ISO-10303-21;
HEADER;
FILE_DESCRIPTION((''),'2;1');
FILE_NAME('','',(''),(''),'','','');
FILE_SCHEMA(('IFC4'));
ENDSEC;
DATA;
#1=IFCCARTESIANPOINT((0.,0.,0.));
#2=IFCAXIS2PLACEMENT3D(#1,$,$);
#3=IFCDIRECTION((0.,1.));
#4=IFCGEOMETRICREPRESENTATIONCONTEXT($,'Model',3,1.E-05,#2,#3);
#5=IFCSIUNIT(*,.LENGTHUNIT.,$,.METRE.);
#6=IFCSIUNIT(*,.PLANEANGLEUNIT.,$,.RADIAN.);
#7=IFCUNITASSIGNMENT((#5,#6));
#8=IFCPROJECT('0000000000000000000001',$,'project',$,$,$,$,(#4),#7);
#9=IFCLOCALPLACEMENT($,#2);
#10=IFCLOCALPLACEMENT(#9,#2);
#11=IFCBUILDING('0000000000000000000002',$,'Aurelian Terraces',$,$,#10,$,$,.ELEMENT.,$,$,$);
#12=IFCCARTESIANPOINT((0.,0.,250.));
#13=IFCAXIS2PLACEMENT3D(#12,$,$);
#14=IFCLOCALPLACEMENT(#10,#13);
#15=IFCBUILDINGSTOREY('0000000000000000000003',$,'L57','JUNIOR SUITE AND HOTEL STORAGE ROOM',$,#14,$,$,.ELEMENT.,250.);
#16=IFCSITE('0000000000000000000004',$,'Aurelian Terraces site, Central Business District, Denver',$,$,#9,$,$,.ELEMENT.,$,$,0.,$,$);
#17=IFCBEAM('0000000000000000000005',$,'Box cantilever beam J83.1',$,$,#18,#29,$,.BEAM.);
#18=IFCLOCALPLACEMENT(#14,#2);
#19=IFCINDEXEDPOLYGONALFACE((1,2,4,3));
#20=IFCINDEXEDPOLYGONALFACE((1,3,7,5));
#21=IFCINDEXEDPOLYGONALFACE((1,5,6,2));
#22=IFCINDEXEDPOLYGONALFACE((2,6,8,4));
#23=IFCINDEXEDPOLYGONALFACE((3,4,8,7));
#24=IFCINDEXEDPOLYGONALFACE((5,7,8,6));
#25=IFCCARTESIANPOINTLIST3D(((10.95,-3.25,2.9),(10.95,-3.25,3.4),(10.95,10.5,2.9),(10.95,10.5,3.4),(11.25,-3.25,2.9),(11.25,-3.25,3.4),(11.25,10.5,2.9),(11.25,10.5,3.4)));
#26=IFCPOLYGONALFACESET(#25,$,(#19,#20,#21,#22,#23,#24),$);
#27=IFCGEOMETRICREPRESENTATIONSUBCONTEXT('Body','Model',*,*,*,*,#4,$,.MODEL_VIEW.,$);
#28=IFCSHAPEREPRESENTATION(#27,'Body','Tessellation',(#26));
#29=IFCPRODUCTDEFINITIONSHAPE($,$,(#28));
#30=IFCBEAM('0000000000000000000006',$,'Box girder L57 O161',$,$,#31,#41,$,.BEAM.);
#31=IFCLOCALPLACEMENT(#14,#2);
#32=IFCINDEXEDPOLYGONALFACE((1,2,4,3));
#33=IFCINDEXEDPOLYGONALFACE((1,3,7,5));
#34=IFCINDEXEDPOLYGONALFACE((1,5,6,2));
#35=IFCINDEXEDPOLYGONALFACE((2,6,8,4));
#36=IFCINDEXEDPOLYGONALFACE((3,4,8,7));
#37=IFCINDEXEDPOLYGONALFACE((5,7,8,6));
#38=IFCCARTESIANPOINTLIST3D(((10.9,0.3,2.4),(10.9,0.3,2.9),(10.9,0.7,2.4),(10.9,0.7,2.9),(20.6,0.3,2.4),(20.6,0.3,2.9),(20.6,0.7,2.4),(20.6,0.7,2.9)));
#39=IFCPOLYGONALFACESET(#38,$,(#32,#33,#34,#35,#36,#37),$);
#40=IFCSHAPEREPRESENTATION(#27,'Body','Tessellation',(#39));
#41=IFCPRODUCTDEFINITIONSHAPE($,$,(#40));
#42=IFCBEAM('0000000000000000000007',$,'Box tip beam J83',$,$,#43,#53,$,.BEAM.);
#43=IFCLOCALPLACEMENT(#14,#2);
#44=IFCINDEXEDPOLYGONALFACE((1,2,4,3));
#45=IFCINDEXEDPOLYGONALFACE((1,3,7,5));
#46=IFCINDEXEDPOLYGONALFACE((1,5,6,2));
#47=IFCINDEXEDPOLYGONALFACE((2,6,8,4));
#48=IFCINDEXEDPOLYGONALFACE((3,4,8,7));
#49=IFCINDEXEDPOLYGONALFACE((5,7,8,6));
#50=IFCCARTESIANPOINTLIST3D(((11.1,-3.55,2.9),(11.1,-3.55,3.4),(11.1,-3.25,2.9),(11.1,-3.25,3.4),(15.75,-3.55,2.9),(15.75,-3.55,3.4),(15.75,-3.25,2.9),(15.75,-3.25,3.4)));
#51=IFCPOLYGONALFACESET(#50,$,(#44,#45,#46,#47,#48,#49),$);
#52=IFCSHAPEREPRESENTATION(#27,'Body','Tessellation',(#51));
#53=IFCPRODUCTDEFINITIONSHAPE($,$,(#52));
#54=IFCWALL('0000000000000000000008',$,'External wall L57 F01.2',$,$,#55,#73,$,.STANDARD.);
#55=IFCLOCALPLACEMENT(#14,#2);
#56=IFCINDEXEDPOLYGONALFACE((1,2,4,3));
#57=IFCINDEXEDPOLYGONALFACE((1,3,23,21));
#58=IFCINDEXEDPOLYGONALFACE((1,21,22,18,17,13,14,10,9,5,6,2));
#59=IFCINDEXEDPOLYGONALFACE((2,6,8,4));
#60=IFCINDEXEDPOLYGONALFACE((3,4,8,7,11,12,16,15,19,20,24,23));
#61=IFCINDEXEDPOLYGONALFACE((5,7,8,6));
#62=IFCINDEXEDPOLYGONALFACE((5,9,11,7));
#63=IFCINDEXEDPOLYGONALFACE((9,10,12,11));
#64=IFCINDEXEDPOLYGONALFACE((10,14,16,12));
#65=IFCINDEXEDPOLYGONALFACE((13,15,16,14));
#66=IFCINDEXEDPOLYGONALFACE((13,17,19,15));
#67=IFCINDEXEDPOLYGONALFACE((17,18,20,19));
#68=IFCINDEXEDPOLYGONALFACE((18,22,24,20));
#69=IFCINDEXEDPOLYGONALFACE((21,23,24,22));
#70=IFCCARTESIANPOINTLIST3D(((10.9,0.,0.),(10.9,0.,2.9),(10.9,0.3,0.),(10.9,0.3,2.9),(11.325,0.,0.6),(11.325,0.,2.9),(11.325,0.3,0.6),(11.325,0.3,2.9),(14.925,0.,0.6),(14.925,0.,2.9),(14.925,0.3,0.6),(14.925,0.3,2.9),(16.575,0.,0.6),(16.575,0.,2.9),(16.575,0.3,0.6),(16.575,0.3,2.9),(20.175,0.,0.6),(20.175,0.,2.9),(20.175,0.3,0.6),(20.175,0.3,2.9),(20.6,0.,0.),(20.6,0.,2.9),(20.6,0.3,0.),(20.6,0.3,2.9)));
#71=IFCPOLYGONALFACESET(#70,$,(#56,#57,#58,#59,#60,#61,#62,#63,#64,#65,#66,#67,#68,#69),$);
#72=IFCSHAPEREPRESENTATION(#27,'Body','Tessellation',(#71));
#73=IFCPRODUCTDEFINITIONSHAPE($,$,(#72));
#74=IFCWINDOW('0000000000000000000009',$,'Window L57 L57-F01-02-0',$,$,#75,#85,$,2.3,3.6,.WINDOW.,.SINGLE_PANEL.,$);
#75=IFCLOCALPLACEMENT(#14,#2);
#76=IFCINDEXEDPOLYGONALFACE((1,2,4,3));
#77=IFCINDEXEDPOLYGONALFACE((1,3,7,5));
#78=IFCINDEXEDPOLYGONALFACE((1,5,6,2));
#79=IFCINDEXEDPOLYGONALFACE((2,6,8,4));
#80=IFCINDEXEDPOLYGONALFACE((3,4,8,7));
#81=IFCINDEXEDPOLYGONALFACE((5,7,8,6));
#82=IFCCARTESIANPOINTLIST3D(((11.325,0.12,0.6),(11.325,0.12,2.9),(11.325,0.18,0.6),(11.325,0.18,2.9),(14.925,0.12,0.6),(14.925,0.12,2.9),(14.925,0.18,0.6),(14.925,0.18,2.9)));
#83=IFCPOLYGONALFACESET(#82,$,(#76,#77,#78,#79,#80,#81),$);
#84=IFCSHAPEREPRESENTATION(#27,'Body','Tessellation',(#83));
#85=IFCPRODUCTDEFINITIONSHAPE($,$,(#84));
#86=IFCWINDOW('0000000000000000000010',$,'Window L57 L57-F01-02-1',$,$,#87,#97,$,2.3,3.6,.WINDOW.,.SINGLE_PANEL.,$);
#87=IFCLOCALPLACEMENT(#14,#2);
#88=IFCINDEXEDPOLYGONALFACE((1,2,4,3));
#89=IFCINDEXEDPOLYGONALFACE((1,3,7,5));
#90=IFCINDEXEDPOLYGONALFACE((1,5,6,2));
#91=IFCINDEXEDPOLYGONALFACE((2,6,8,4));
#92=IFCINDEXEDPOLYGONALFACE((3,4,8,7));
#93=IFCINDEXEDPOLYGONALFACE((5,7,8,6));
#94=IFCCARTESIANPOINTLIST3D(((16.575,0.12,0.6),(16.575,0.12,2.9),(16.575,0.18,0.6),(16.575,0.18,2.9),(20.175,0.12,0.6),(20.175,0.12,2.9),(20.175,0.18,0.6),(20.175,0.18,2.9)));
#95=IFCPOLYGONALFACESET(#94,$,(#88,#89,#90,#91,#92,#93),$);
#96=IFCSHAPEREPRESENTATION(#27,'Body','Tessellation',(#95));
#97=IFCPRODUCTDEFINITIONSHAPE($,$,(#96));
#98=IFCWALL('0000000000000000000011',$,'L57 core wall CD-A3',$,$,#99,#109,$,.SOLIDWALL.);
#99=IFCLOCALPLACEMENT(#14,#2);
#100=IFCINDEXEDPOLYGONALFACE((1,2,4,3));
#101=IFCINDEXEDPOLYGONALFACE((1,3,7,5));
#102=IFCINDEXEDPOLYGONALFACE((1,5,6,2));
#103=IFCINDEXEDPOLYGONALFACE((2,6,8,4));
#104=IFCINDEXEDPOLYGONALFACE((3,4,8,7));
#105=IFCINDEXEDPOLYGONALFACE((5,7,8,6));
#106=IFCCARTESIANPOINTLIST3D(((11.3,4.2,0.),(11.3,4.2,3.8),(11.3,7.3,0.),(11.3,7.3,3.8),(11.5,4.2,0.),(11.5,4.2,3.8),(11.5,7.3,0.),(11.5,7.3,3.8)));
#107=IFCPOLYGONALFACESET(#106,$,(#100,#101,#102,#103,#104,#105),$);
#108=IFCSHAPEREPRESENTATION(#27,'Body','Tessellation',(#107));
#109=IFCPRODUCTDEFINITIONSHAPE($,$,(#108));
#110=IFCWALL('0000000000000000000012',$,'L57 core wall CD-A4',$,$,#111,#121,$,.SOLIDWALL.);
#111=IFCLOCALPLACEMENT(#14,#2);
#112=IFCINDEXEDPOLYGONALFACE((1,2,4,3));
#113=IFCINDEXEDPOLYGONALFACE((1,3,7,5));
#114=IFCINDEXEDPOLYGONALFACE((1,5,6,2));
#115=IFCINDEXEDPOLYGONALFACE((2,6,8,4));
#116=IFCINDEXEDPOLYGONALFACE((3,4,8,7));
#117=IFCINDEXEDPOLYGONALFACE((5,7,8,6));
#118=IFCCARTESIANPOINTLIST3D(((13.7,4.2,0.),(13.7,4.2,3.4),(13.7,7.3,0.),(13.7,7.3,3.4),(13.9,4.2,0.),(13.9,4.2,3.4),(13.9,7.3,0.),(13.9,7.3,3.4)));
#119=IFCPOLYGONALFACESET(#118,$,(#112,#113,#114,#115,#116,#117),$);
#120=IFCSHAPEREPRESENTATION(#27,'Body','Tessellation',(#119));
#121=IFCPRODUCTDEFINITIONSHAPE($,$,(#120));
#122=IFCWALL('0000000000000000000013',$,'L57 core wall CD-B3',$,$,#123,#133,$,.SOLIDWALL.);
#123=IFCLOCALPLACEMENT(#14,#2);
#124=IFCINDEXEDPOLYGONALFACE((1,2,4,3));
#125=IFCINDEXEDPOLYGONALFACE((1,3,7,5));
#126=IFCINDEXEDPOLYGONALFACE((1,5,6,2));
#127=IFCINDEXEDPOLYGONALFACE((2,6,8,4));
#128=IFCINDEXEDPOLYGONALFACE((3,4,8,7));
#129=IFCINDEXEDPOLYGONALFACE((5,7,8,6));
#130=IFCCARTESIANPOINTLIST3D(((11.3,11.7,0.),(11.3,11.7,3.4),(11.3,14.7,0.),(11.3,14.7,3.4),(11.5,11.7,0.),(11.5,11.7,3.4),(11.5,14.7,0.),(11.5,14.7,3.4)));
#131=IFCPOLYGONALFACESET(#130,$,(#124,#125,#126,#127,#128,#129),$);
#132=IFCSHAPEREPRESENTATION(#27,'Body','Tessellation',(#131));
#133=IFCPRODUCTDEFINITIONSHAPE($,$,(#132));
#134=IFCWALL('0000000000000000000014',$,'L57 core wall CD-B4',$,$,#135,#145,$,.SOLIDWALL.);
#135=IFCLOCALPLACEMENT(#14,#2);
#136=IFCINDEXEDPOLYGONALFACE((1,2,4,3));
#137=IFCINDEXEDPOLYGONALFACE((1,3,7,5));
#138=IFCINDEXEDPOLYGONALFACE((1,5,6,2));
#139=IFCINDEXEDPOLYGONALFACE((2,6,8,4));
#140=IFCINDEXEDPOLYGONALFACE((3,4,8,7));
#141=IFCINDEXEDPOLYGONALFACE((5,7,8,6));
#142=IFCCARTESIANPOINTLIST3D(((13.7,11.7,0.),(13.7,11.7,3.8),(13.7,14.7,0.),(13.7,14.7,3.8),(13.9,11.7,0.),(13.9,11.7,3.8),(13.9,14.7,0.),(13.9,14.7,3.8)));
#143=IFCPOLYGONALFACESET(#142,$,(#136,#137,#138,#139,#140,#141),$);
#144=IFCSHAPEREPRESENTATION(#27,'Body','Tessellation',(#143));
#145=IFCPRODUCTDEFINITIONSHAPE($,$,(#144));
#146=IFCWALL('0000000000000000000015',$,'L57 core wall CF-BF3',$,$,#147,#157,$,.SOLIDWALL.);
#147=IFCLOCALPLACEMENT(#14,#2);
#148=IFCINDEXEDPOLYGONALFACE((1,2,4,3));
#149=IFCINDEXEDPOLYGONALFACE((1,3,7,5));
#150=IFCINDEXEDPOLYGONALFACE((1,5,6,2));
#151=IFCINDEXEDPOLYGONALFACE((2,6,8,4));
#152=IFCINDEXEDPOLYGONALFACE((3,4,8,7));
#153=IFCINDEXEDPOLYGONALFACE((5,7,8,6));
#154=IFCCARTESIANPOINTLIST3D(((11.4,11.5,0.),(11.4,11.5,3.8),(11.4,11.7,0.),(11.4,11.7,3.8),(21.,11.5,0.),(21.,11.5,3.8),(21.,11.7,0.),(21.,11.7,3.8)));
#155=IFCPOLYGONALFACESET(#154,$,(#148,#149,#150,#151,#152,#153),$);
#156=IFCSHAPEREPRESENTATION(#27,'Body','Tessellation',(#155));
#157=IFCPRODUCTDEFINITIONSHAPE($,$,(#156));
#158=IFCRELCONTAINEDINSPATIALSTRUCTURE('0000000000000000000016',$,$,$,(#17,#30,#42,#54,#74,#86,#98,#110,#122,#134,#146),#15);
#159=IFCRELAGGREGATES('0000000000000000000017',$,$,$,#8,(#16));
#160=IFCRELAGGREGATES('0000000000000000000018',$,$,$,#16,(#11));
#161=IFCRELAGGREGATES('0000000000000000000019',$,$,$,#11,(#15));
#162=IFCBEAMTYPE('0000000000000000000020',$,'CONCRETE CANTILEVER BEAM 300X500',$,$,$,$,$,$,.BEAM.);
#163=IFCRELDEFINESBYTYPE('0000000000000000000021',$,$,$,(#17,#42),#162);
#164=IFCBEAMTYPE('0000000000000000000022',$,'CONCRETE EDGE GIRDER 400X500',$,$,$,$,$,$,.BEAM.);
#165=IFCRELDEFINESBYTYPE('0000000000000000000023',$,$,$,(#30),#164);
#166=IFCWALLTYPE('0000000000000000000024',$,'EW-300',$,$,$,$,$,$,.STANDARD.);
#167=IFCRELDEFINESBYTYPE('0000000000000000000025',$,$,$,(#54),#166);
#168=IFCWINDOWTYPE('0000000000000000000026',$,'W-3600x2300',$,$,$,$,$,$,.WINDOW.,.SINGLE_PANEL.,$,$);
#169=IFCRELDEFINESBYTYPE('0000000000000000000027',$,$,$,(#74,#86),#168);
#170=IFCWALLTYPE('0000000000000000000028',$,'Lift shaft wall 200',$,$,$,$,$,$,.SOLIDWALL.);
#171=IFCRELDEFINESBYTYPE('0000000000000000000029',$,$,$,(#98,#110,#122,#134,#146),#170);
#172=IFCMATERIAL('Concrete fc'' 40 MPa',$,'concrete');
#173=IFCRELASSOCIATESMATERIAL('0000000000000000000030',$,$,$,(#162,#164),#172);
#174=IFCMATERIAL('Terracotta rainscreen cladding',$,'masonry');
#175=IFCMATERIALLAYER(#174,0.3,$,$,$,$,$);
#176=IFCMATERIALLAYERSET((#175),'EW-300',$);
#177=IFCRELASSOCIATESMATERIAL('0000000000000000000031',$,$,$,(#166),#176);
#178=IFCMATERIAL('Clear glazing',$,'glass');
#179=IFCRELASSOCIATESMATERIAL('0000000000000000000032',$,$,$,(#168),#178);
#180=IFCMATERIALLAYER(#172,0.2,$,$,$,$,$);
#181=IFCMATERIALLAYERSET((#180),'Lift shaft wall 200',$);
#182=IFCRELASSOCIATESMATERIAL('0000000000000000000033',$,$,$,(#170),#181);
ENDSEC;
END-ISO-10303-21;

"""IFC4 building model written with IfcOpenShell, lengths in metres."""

from ifc_helpers import new_model, si_unit, direction, frame, frame_2d, origin, origin_2d, place, context, subcontext, project, spatial, rectangle, extrude, source, transform, mapped, material, layer, layer_set, material_profile, profile_set, type_object, element, fill, save


model = new_model("IFC4")

# Units and contexts
model_context = context("Model", 3, precision=1e-05, world=origin(), true_north=direction((0.0, 1.0)))
body_context = subcontext(model_context, "Body", "Model", "MODEL_VIEW")
ifc_project = project(units=[si_unit("LENGTHUNIT", "METRE"), si_unit("PLANEANGLEUNIT", "RADIAN")], contexts=[model_context])

# Site, building, storey
site_placement = place(None, origin())
site = spatial("IfcSite", under=ifc_project, at=site_placement, Name="Aurelian Terraces site, Central Business District, Denver", CompositionType="ELEMENT", RefElevation=0.0)
building_placement = place(site_placement, origin())
building = spatial("IfcBuilding", under=site, at=building_placement, Name="Aurelian Terraces", CompositionType="ELEMENT")
storey_placement = place(building_placement, frame((0.0, 0.0, 250.0)))
storey = spatial("IfcBuildingStorey", under=building, at=storey_placement, Name="L57", Description="JUNIOR SUITE AND HOTEL STORAGE ROOM", CompositionType="ELEMENT", Elevation=250.0)

# Beams
ifc_material_1 = material(Name="Concrete fc' 40 MPa", Category="concrete")
ifc_material_profile_1 = material_profile(ifc_material_1, rectangle(XDim=0.3, YDim=0.5, at=origin_2d()))
ifc_profile_set_1 = profile_set([ifc_material_profile_1], Name="Concrete fc' 40 MPa")
beam_type_1 = type_object("IfcBeamType", Name="CONCRETE CANTILEVER BEAM 300X500", PredefinedType="BEAM", material=ifc_profile_set_1)
shared_shape_1 = source(origin(), body_context, "Body", "SweptSolid", [
    extrude(rectangle(XDim=0.3, YDim=0.5, at=origin_2d()), origin(), (0.0, 0.0, 1.0), 13.75),
])
beam_1_placement = place(storey_placement, frame((11.1, -3.25, 3.15), z_axis=(0.0, 1.0, 0.0), x_axis=(-1.0, 0.0, 0.0)))
element("IfcBeam", 1, at=beam_1_placement, inside=storey, type_object=beam_type_1, Name="Box cantilever beam J83.1", PredefinedType="BEAM", context=body_context, shape_type="MappedRepresentation", body=[
    mapped(shared_shape_1, transform((0.0, 0.0, 0.0), scale=1.0)),
])
ifc_material_profile_2 = material_profile(ifc_material_1, rectangle(XDim=0.4, YDim=0.5, at=origin_2d()))
ifc_profile_set_2 = profile_set([ifc_material_profile_2], Name="Concrete fc' 40 MPa")
beam_type_2 = type_object("IfcBeamType", Name="CONCRETE EDGE GIRDER 400X500", PredefinedType="BEAM", material=ifc_profile_set_2)
shared_shape_2 = source(origin(), body_context, "Body", "SweptSolid", [
    extrude(rectangle(XDim=0.4, YDim=0.5, at=origin_2d()), origin(), (0.0, 0.0, 1.0), 9.7),
])
beam_2_placement = place(storey_placement, frame((10.9, 0.5, 2.65), z_axis=(1.0, 0.0, 0.0), x_axis=(0.0, 1.0, 0.0)))
element("IfcBeam", 2, at=beam_2_placement, inside=storey, type_object=beam_type_2, Name="Box girder L57 O161", PredefinedType="BEAM", context=body_context, shape_type="MappedRepresentation", body=[
    mapped(shared_shape_2, transform((0.0, 0.0, 0.0), scale=1.0)),
])
shared_shape_3 = source(origin(), body_context, "Body", "SweptSolid", [
    extrude(rectangle(XDim=0.3, YDim=0.5, at=origin_2d()), origin(), (0.0, 0.0, 1.0), 4.65),
])
beam_3_placement = place(storey_placement, frame((11.1, -3.4, 3.15), z_axis=(1.0, 0.0, 0.0), x_axis=(0.0, 1.0, 0.0)))
element("IfcBeam", 3, at=beam_3_placement, inside=storey, type_object=beam_type_1, Name="Box tip beam J83", PredefinedType="BEAM", context=body_context, shape_type="MappedRepresentation", body=[
    mapped(shared_shape_3, transform((0.0, 0.0, 0.0), scale=1.0)),
])

# Wall, openings, windows
ifc_material_2 = material(Name="Terracotta rainscreen cladding", Category="masonry")
ifc_layer_1 = layer(ifc_material_2, 0.3)
ifc_layer_set_1 = layer_set([ifc_layer_1], Name="EW-300")
wall_type_1 = type_object("IfcWallType", Name="EW-300", PredefinedType="STANDARD", material=ifc_layer_set_1)
shared_shape_4 = source(origin(), body_context, "Body", "SweptSolid", [
    extrude(rectangle(XDim=9.7, YDim=0.3, at=frame_2d((4.85, 0.0))), origin(), (0.0, 0.0, 1.0), 2.9),
])
wall_1_placement = place(storey_placement, frame((10.9, 0.15, 0.0), z_axis=(0.0, 0.0, 1.0), x_axis=(1.0, 0.0, 0.0)))
wall_1 = element("IfcWall", 4, at=wall_1_placement, inside=storey, type_object=wall_type_1, Name="External wall L57 F01.2", PredefinedType="STANDARD", context=body_context, shape_type="MappedRepresentation", body=[
    mapped(shared_shape_4, transform((0.0, 0.0, 0.0), scale=1.0)),
])
shared_shape_5 = source(origin(), body_context, "Body", "SweptSolid", [
    extrude(rectangle(XDim=3.6, YDim=2.3, at=frame_2d((1.8, 1.15))), frame((0.0, 0.16, 0.0), z_axis=(0.0, -1.0, 0.0), x_axis=(1.0, 0.0, 0.0)), (0.0, 0.0, 1.0), 0.32),
])
opening_1_placement = place(wall_1_placement, frame((0.425, 0.0, 0.6)))
opening_1 = element("IfcOpeningElement", 5, at=opening_1_placement, cuts=wall_1, PredefinedType="OPENING", context=body_context, shape_type="MappedRepresentation", body=[
    mapped(shared_shape_5, transform((0.0, 0.0, 0.0), scale=1.0)),
])
opening_2_placement = place(wall_1_placement, frame((5.675, 0.0, 0.6)))
opening_2 = element("IfcOpeningElement", 6, at=opening_2_placement, cuts=wall_1, PredefinedType="OPENING", context=body_context, shape_type="MappedRepresentation", body=[
    mapped(shared_shape_5, transform((0.0, 0.0, 0.0), scale=1.0)),
])
ifc_material_3 = material(Name="Clear glazing", Category="glass")
window_type = type_object("IfcWindowType", Name="W-3600x2300", PartitioningType="SINGLE_PANEL", PredefinedType="WINDOW", material=ifc_material_3)
shared_shape_6 = source(origin(), body_context, "Body", "SweptSolid", [
    extrude(rectangle(XDim=3.6, YDim=2.3, at=frame_2d((1.8, 1.15))), frame((0.0, 0.03, 0.0), z_axis=(0.0, -1.0, 0.0), x_axis=(1.0, 0.0, 0.0)), (0.0, 0.0, 1.0), 0.06),
])
window_1_placement = place(opening_1_placement, origin())
window_1 = element("IfcWindow", 7, at=window_1_placement, inside=storey, type_object=window_type, Name="Window L57 L57-F01-02-0", OverallHeight=2.3, OverallWidth=3.6, PartitioningType="SINGLE_PANEL", PredefinedType="WINDOW", context=body_context, shape_type="MappedRepresentation", body=[
    mapped(shared_shape_6, transform((0.0, 0.0, 0.0), scale=1.0)),
])
fill(opening_1, window_1)
window_2_placement = place(opening_2_placement, origin())
window_2 = element("IfcWindow", 8, at=window_2_placement, inside=storey, type_object=window_type, Name="Window L57 L57-F01-02-1", OverallHeight=2.3, OverallWidth=3.6, PartitioningType="SINGLE_PANEL", PredefinedType="WINDOW", context=body_context, shape_type="MappedRepresentation", body=[
    mapped(shared_shape_6, transform((0.0, 0.0, 0.0), scale=1.0)),
])
fill(opening_2, window_2)

# Walls
ifc_layer_2 = layer(ifc_material_1, 0.2)
ifc_layer_set_2 = layer_set([ifc_layer_2], Name="Lift shaft wall 200")
wall_type_2 = type_object("IfcWallType", Name="Lift shaft wall 200", PredefinedType="SOLIDWALL", material=ifc_layer_set_2)
shared_shape_7 = source(origin(), body_context, "Body", "SweptSolid", [
    extrude(rectangle(XDim=3.1, YDim=0.2, at=frame_2d((1.55, 0.0))), origin(), (0.0, 0.0, 1.0), 3.8),
])
wall_2_placement = place(storey_placement, frame((11.4, 4.2, 0.0), z_axis=(0.0, 0.0, 1.0), x_axis=(0.0, 1.0, 0.0)))
element("IfcWall", 9, at=wall_2_placement, inside=storey, type_object=wall_type_2, Name="L57 core wall CD-A3", PredefinedType="SOLIDWALL", context=body_context, shape_type="MappedRepresentation", body=[
    mapped(shared_shape_7, transform((0.0, 0.0, 0.0), scale=1.0)),
])
shared_shape_8 = source(origin(), body_context, "Body", "SweptSolid", [
    extrude(rectangle(XDim=3.1, YDim=0.2, at=frame_2d((1.55, 0.0))), origin(), (0.0, 0.0, 1.0), 3.4),
])
wall_3_placement = place(storey_placement, frame((13.8, 4.2, 0.0), z_axis=(0.0, 0.0, 1.0), x_axis=(0.0, 1.0, 0.0)))
element("IfcWall", 10, at=wall_3_placement, inside=storey, type_object=wall_type_2, Name="L57 core wall CD-A4", PredefinedType="SOLIDWALL", context=body_context, shape_type="MappedRepresentation", body=[
    mapped(shared_shape_8, transform((0.0, 0.0, 0.0), scale=1.0)),
])
shared_shape_9 = source(origin(), body_context, "Body", "SweptSolid", [
    extrude(rectangle(XDim=3.0, YDim=0.2, at=frame_2d((1.5, 0.0))), origin(), (0.0, 0.0, 1.0), 3.4),
])
wall_4_placement = place(storey_placement, frame((11.4, 11.7, 0.0), z_axis=(0.0, 0.0, 1.0), x_axis=(0.0, 1.0, 0.0)))
element("IfcWall", 11, at=wall_4_placement, inside=storey, type_object=wall_type_2, Name="L57 core wall CD-B3", PredefinedType="SOLIDWALL", context=body_context, shape_type="MappedRepresentation", body=[
    mapped(shared_shape_9, transform((0.0, 0.0, 0.0), scale=1.0)),
])
shared_shape_10 = source(origin(), body_context, "Body", "SweptSolid", [
    extrude(rectangle(XDim=3.0, YDim=0.2, at=frame_2d((1.5, 0.0))), origin(), (0.0, 0.0, 1.0), 3.8),
])
wall_5_placement = place(storey_placement, frame((13.8, 11.7, 0.0), z_axis=(0.0, 0.0, 1.0), x_axis=(0.0, 1.0, 0.0)))
element("IfcWall", 12, at=wall_5_placement, inside=storey, type_object=wall_type_2, Name="L57 core wall CD-B4", PredefinedType="SOLIDWALL", context=body_context, shape_type="MappedRepresentation", body=[
    mapped(shared_shape_10, transform((0.0, 0.0, 0.0), scale=1.0)),
])
shared_shape_11 = source(origin(), body_context, "Body", "SweptSolid", [
    extrude(rectangle(XDim=9.6, YDim=0.2, at=frame_2d((4.8, 0.0))), origin(), (0.0, 0.0, 1.0), 3.8),
])
wall_6_placement = place(storey_placement, frame((11.4, 11.6, 0.0), z_axis=(0.0, 0.0, 1.0), x_axis=(1.0, 0.0, 0.0)))
element("IfcWall", 13, at=wall_6_placement, inside=storey, type_object=wall_type_2, Name="L57 core wall CF-BF3", PredefinedType="SOLIDWALL", context=body_context, shape_type="MappedRepresentation", body=[
    mapped(shared_shape_11, transform((0.0, 0.0, 0.0), scale=1.0)),
])

save(model, "model.ifc")
